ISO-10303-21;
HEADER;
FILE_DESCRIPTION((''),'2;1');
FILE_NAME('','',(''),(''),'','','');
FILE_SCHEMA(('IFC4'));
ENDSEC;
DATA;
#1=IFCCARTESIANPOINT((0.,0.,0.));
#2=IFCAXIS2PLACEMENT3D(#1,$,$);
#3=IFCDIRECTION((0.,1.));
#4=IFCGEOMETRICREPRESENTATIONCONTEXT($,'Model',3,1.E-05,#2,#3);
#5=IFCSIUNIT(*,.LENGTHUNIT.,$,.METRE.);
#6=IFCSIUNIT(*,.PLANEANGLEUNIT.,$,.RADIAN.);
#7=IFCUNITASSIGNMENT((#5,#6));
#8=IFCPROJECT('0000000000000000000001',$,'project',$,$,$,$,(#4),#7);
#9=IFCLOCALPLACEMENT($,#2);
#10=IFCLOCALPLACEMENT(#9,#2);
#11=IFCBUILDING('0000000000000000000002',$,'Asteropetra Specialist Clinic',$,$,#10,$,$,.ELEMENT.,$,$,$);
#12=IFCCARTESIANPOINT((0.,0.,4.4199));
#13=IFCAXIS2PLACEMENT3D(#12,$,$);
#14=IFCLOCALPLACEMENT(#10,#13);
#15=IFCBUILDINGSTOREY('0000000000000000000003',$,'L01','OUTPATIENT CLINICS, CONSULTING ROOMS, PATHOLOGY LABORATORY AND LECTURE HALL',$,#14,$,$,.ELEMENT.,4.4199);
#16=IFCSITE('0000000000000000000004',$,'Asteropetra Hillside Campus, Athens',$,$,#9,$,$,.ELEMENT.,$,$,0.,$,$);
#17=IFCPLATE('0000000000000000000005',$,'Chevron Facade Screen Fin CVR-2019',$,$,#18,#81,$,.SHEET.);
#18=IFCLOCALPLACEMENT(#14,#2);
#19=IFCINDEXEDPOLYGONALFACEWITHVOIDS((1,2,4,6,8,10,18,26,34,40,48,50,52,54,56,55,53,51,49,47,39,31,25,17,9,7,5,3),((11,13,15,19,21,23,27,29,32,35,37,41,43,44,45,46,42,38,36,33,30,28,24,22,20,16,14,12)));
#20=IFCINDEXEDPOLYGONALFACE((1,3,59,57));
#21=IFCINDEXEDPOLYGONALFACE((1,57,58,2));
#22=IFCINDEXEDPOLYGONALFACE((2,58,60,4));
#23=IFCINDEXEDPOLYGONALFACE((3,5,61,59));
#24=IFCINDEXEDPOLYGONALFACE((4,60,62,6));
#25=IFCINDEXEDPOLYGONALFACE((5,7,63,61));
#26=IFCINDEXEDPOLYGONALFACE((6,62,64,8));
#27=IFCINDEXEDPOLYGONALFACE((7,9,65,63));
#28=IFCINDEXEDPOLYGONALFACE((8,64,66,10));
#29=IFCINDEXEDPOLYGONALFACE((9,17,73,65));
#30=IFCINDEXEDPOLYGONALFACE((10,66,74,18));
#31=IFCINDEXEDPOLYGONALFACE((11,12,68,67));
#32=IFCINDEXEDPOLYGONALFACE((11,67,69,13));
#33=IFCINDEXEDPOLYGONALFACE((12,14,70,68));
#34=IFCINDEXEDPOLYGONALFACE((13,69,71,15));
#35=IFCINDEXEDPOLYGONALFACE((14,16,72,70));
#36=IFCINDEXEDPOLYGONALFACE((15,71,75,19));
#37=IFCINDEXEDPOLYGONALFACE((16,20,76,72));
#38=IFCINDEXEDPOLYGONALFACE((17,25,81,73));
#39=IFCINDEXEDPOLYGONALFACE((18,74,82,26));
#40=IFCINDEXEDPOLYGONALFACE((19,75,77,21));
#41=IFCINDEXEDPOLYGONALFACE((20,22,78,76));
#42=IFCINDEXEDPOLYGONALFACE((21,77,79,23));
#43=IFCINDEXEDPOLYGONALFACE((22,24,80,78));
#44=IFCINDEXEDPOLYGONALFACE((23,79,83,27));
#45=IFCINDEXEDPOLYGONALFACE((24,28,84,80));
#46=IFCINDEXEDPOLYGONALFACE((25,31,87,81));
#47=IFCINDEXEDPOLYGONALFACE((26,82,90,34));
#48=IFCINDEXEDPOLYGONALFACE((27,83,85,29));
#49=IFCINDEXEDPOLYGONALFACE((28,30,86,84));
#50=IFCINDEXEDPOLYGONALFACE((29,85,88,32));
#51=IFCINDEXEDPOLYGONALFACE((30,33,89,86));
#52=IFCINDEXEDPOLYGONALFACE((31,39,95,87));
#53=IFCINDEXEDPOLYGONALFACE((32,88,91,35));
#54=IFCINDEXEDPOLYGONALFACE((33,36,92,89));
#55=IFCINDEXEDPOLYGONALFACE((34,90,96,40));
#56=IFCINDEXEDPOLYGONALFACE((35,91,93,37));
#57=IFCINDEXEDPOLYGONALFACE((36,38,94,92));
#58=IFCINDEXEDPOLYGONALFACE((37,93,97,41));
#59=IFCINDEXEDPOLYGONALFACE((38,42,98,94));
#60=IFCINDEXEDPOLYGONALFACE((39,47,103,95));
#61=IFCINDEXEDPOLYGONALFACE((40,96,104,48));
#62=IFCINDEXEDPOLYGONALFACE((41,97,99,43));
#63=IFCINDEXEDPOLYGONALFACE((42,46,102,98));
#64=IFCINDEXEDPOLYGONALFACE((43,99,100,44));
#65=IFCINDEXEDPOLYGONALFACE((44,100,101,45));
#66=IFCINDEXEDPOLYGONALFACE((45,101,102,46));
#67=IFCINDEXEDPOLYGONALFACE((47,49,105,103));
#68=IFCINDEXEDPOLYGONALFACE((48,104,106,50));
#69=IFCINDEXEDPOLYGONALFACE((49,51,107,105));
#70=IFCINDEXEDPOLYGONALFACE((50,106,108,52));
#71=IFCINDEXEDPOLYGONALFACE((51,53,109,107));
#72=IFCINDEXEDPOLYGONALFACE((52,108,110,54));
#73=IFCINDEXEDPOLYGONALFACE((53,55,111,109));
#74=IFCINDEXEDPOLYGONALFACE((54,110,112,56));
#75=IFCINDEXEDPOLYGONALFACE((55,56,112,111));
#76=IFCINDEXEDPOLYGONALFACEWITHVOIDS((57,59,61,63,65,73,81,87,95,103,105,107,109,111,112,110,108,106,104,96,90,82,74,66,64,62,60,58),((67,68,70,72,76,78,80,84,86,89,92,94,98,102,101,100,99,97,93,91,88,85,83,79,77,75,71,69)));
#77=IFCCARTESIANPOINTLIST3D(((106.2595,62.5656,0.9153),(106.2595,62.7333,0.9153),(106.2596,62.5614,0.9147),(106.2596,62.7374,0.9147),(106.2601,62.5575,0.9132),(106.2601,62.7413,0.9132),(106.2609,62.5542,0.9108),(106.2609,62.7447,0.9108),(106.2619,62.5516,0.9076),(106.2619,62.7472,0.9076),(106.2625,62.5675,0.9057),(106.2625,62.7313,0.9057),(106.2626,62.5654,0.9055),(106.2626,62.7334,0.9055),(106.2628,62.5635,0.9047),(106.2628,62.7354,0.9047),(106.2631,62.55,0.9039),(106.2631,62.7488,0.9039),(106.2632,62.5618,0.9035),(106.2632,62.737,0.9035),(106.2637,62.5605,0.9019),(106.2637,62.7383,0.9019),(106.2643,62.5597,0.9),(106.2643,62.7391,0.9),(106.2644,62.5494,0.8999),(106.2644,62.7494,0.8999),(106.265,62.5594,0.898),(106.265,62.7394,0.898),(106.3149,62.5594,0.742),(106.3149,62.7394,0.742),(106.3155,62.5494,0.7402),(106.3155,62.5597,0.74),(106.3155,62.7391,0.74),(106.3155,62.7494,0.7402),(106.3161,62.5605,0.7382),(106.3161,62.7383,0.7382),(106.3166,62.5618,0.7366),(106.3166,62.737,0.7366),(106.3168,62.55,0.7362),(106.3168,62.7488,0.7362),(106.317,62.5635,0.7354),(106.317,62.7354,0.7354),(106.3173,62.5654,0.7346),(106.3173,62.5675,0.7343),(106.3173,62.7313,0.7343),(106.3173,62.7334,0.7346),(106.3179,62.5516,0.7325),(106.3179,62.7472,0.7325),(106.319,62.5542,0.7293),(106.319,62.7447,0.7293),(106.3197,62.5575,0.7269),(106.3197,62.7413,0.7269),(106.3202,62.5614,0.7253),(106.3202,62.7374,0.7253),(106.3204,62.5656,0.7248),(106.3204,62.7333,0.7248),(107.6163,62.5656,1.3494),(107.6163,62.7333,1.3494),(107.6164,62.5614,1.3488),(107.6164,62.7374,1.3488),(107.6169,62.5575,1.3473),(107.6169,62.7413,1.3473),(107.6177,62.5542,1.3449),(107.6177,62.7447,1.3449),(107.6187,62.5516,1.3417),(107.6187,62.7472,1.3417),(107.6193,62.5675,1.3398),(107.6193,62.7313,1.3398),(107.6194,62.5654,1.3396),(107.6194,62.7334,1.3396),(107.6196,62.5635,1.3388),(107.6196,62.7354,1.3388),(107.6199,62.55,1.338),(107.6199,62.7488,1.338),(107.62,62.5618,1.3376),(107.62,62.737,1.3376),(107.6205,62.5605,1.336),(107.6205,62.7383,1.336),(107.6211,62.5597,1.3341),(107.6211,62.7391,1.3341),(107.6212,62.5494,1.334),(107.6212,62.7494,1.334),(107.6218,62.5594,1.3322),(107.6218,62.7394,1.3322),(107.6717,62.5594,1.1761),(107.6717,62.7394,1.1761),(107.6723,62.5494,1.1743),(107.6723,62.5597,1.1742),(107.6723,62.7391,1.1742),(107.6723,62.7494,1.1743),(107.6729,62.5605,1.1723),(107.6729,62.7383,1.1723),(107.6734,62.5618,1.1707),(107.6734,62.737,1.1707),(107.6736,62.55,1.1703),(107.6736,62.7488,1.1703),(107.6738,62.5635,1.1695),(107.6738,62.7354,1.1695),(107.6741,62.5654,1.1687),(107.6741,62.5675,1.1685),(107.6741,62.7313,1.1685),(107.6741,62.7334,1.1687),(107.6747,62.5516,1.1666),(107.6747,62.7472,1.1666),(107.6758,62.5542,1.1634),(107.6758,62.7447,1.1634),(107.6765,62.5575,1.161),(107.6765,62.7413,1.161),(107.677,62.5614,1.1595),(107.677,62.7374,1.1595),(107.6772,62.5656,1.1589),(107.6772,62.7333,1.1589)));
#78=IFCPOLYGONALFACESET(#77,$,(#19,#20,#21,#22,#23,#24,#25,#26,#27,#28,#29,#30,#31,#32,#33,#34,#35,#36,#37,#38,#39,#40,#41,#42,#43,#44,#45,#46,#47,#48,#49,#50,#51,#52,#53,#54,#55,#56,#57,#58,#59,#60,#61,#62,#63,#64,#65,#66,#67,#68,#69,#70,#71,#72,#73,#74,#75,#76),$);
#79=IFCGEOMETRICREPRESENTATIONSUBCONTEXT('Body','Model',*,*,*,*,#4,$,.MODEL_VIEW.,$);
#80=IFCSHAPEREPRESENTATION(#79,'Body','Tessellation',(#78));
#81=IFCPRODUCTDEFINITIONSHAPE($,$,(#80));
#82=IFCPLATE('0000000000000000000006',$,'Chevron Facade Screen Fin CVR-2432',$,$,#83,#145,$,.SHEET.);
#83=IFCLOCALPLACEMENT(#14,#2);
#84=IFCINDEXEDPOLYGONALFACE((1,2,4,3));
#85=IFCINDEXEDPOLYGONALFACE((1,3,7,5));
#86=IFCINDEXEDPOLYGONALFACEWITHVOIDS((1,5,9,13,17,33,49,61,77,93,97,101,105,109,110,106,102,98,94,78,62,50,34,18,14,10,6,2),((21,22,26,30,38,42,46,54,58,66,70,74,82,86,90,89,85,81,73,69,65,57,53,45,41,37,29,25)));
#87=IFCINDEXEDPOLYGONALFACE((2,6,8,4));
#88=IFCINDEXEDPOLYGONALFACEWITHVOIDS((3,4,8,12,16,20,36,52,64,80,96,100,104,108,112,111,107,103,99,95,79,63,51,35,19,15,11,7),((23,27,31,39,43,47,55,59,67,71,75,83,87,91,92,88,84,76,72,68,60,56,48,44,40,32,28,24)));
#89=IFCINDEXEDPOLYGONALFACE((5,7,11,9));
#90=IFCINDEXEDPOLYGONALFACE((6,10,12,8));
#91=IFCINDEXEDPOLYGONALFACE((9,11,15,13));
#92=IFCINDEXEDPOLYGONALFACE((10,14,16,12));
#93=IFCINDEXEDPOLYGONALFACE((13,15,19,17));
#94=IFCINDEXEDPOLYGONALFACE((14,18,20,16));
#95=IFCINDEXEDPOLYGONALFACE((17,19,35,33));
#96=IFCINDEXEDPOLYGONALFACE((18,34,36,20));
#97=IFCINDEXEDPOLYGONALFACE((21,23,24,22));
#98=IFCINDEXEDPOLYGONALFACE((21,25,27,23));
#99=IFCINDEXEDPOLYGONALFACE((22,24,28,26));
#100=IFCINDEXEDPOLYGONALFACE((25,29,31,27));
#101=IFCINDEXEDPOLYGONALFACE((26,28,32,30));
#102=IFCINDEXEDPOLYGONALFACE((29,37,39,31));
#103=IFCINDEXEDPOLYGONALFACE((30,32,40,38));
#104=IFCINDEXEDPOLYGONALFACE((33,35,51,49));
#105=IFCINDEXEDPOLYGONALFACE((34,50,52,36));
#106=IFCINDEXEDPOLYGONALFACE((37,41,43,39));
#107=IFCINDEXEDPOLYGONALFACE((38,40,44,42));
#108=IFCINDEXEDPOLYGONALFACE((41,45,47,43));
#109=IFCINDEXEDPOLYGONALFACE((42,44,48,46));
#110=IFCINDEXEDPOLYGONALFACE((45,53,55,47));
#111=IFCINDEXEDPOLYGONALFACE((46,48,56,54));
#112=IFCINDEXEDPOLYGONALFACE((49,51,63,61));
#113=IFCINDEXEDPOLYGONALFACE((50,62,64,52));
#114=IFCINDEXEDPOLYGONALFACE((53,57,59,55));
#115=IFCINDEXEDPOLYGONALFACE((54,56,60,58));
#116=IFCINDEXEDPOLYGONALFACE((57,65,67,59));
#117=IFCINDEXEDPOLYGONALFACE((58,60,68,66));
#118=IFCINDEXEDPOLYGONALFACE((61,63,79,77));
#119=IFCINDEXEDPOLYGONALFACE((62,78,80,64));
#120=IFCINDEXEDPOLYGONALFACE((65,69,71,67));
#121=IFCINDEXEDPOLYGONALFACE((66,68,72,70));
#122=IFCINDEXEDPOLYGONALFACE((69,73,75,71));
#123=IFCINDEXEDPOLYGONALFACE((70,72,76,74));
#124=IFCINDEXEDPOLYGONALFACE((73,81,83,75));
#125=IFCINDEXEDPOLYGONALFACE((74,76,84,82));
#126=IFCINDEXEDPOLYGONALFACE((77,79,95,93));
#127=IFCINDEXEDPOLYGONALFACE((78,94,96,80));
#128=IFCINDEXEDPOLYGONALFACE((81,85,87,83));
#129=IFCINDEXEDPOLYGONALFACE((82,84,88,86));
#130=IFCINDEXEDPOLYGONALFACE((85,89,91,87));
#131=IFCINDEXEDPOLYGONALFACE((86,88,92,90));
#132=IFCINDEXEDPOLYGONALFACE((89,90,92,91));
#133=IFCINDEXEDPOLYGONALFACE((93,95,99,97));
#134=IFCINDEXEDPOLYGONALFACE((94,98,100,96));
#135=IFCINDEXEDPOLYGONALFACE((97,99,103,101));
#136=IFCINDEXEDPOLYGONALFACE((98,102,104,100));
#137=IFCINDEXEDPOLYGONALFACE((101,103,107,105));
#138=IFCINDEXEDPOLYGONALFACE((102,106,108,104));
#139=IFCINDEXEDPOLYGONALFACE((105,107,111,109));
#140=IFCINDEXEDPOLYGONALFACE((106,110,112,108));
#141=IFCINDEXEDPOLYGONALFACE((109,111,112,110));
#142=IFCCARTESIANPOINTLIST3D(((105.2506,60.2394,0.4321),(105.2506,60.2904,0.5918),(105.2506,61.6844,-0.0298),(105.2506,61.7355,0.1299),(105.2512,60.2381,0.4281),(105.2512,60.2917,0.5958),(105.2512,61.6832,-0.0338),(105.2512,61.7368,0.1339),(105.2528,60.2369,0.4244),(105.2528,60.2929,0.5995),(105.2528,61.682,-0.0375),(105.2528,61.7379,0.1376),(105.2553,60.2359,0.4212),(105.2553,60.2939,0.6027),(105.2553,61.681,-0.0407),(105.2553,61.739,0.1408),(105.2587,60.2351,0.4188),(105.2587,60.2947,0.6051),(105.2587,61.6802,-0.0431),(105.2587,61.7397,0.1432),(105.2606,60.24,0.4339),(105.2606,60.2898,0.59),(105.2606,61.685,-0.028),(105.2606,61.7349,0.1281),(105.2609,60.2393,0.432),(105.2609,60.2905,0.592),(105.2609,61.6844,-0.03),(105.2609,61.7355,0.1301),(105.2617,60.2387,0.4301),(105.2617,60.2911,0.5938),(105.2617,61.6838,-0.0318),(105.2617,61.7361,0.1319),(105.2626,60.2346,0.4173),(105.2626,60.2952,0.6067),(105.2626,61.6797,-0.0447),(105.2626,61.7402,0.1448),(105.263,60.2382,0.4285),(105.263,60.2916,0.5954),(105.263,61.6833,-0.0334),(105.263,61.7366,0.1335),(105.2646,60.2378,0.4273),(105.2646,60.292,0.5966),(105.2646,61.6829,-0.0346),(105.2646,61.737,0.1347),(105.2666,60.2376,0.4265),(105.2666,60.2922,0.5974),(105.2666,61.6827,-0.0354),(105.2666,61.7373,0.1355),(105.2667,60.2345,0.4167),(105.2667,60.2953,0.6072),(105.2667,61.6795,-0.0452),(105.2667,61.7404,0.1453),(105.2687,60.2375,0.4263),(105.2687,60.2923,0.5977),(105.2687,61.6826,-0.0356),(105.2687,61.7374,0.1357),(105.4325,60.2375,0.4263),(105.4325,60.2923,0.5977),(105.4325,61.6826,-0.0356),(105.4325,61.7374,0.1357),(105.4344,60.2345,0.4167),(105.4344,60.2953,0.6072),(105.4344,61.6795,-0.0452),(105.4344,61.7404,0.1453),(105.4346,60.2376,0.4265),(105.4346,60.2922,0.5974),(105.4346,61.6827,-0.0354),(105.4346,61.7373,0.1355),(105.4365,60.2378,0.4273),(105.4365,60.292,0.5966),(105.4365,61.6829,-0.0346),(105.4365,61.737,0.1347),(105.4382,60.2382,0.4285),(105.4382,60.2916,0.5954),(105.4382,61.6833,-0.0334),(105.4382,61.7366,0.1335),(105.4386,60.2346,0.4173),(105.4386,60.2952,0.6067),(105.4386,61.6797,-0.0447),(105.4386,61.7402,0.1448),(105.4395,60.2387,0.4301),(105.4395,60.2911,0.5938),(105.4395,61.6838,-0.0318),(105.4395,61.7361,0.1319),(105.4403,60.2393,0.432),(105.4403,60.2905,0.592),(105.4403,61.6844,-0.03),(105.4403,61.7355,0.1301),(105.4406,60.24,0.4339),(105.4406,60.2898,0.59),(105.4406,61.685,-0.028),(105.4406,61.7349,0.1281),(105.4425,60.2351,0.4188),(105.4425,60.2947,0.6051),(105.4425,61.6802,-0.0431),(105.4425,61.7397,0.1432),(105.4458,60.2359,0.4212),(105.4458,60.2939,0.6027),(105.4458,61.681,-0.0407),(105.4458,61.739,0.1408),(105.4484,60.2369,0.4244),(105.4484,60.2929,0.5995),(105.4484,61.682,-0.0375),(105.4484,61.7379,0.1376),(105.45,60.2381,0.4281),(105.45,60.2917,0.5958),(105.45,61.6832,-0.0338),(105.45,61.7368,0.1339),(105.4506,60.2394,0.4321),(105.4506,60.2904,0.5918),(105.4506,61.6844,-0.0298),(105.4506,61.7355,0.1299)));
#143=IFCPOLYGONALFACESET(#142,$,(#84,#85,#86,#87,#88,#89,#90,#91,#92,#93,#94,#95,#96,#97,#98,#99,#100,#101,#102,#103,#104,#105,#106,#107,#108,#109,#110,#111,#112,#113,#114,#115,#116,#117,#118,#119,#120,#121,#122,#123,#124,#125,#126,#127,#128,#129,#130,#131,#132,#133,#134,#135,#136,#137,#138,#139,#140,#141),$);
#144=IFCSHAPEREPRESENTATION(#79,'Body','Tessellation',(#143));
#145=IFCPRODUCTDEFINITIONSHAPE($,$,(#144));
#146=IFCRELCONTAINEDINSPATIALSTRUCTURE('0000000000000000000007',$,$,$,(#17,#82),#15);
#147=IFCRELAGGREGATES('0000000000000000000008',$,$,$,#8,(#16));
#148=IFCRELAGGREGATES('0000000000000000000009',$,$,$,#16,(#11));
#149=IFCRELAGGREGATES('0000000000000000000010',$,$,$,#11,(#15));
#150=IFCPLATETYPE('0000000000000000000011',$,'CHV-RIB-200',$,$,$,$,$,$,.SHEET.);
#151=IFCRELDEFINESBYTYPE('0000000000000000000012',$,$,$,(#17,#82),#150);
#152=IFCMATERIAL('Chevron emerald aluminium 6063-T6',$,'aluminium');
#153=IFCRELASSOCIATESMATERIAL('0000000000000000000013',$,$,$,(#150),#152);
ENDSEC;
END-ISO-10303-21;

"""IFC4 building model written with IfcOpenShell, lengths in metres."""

from ifc_helpers import new_model, si_unit, direction, frame, origin, origin_2d, place, context, subcontext, project, spatial, hollow_rectangle, extrude, material, material_profile, profile_set, type_object, element, save


model = new_model("IFC4")

# Units and contexts
model_context = context("Model", 3, precision=1e-05, world=origin(), true_north=direction((0.0, 1.0)))
body_context = subcontext(model_context, "Body", "Model", "MODEL_VIEW")
ifc_project = project(units=[si_unit("LENGTHUNIT", "METRE"), si_unit("PLANEANGLEUNIT", "RADIAN")], contexts=[model_context])

# Site, building, storey
site_placement = place(None, origin())
site = spatial("IfcSite", under=ifc_project, at=site_placement, Name="Asteropetra Hillside Campus, Athens", CompositionType="ELEMENT", RefElevation=0.0)
building_placement = place(site_placement, origin())
building = spatial("IfcBuilding", under=site, at=building_placement, Name="Asteropetra Specialist Clinic", CompositionType="ELEMENT")
storey_placement = place(building_placement, frame((0.0, 0.0, 4.4199)))
storey = spatial("IfcBuildingStorey", under=building, at=storey_placement, Name="L01", Description="OUTPATIENT CLINICS, CONSULTING ROOMS, PATHOLOGY LABORATORY AND LECTURE HALL", CompositionType="ELEMENT", Elevation=4.4199)

# Plates
ifc_material_1 = material(Name="Chevron emerald aluminium 6063-T6", Category="aluminium")
ifc_material_profile_1 = material_profile(ifc_material_1, hollow_rectangle(XDim=0.2, YDim=0.2, WallThickness=0.01, InnerFilletRadius=0.0081, OuterFilletRadius=0.0161, at=origin_2d()), Name="SHS 200x200x10.0")
ifc_profile_set_1 = profile_set([ifc_material_profile_1], Name="Chevron emerald aluminium 6063-T6")
plate_type = type_object("IfcPlateType", Name="CHV-RIB-200", PredefinedType="SHEET", material=ifc_profile_set_1)
for number, where, z_axis, x_axis, name in (
    (1, (107.6467, 62.6494, 1.2542), (-0.952436, 0.0, -0.304738), (0.0, -1.0, 0.0), "Chevron Facade Screen Fin CVR-2019"),
):
    element("IfcPlate", number, at=place(storey_placement, frame(where, z_axis=z_axis, x_axis=x_axis)), inside=storey, type_object=plate_type, Name=name, PredefinedType="SHEET", context=body_context, shape_type="SweptSolid", body=[
        extrude(hollow_rectangle(XDim=0.2, YDim=0.2, WallThickness=0.01, InnerFilletRadius=0.0081, OuterFilletRadius=0.0161, at=origin_2d()), origin(), (0.0, 0.0, 1.0), 1.4246),
    ])
for number, where, z_axis, x_axis, name in (
    (2, (105.3506, 61.71, 0.05), (0.0, -0.952521, 0.304472), (1.0, 0.0, 0.0), "Chevron Facade Screen Fin CVR-2432"),
):
    element("IfcPlate", number, at=place(storey_placement, frame(where, z_axis=z_axis, x_axis=x_axis)), inside=storey, type_object=plate_type, Name=name, PredefinedType="SHEET", context=body_context, shape_type="SweptSolid", body=[
        extrude(hollow_rectangle(XDim=0.2, YDim=0.2, WallThickness=0.01, InnerFilletRadius=0.0081, OuterFilletRadius=0.0161, at=origin_2d()), origin(), (0.0, 0.0, 1.0), 1.5171),
    ])

save(model, "model.ifc")
